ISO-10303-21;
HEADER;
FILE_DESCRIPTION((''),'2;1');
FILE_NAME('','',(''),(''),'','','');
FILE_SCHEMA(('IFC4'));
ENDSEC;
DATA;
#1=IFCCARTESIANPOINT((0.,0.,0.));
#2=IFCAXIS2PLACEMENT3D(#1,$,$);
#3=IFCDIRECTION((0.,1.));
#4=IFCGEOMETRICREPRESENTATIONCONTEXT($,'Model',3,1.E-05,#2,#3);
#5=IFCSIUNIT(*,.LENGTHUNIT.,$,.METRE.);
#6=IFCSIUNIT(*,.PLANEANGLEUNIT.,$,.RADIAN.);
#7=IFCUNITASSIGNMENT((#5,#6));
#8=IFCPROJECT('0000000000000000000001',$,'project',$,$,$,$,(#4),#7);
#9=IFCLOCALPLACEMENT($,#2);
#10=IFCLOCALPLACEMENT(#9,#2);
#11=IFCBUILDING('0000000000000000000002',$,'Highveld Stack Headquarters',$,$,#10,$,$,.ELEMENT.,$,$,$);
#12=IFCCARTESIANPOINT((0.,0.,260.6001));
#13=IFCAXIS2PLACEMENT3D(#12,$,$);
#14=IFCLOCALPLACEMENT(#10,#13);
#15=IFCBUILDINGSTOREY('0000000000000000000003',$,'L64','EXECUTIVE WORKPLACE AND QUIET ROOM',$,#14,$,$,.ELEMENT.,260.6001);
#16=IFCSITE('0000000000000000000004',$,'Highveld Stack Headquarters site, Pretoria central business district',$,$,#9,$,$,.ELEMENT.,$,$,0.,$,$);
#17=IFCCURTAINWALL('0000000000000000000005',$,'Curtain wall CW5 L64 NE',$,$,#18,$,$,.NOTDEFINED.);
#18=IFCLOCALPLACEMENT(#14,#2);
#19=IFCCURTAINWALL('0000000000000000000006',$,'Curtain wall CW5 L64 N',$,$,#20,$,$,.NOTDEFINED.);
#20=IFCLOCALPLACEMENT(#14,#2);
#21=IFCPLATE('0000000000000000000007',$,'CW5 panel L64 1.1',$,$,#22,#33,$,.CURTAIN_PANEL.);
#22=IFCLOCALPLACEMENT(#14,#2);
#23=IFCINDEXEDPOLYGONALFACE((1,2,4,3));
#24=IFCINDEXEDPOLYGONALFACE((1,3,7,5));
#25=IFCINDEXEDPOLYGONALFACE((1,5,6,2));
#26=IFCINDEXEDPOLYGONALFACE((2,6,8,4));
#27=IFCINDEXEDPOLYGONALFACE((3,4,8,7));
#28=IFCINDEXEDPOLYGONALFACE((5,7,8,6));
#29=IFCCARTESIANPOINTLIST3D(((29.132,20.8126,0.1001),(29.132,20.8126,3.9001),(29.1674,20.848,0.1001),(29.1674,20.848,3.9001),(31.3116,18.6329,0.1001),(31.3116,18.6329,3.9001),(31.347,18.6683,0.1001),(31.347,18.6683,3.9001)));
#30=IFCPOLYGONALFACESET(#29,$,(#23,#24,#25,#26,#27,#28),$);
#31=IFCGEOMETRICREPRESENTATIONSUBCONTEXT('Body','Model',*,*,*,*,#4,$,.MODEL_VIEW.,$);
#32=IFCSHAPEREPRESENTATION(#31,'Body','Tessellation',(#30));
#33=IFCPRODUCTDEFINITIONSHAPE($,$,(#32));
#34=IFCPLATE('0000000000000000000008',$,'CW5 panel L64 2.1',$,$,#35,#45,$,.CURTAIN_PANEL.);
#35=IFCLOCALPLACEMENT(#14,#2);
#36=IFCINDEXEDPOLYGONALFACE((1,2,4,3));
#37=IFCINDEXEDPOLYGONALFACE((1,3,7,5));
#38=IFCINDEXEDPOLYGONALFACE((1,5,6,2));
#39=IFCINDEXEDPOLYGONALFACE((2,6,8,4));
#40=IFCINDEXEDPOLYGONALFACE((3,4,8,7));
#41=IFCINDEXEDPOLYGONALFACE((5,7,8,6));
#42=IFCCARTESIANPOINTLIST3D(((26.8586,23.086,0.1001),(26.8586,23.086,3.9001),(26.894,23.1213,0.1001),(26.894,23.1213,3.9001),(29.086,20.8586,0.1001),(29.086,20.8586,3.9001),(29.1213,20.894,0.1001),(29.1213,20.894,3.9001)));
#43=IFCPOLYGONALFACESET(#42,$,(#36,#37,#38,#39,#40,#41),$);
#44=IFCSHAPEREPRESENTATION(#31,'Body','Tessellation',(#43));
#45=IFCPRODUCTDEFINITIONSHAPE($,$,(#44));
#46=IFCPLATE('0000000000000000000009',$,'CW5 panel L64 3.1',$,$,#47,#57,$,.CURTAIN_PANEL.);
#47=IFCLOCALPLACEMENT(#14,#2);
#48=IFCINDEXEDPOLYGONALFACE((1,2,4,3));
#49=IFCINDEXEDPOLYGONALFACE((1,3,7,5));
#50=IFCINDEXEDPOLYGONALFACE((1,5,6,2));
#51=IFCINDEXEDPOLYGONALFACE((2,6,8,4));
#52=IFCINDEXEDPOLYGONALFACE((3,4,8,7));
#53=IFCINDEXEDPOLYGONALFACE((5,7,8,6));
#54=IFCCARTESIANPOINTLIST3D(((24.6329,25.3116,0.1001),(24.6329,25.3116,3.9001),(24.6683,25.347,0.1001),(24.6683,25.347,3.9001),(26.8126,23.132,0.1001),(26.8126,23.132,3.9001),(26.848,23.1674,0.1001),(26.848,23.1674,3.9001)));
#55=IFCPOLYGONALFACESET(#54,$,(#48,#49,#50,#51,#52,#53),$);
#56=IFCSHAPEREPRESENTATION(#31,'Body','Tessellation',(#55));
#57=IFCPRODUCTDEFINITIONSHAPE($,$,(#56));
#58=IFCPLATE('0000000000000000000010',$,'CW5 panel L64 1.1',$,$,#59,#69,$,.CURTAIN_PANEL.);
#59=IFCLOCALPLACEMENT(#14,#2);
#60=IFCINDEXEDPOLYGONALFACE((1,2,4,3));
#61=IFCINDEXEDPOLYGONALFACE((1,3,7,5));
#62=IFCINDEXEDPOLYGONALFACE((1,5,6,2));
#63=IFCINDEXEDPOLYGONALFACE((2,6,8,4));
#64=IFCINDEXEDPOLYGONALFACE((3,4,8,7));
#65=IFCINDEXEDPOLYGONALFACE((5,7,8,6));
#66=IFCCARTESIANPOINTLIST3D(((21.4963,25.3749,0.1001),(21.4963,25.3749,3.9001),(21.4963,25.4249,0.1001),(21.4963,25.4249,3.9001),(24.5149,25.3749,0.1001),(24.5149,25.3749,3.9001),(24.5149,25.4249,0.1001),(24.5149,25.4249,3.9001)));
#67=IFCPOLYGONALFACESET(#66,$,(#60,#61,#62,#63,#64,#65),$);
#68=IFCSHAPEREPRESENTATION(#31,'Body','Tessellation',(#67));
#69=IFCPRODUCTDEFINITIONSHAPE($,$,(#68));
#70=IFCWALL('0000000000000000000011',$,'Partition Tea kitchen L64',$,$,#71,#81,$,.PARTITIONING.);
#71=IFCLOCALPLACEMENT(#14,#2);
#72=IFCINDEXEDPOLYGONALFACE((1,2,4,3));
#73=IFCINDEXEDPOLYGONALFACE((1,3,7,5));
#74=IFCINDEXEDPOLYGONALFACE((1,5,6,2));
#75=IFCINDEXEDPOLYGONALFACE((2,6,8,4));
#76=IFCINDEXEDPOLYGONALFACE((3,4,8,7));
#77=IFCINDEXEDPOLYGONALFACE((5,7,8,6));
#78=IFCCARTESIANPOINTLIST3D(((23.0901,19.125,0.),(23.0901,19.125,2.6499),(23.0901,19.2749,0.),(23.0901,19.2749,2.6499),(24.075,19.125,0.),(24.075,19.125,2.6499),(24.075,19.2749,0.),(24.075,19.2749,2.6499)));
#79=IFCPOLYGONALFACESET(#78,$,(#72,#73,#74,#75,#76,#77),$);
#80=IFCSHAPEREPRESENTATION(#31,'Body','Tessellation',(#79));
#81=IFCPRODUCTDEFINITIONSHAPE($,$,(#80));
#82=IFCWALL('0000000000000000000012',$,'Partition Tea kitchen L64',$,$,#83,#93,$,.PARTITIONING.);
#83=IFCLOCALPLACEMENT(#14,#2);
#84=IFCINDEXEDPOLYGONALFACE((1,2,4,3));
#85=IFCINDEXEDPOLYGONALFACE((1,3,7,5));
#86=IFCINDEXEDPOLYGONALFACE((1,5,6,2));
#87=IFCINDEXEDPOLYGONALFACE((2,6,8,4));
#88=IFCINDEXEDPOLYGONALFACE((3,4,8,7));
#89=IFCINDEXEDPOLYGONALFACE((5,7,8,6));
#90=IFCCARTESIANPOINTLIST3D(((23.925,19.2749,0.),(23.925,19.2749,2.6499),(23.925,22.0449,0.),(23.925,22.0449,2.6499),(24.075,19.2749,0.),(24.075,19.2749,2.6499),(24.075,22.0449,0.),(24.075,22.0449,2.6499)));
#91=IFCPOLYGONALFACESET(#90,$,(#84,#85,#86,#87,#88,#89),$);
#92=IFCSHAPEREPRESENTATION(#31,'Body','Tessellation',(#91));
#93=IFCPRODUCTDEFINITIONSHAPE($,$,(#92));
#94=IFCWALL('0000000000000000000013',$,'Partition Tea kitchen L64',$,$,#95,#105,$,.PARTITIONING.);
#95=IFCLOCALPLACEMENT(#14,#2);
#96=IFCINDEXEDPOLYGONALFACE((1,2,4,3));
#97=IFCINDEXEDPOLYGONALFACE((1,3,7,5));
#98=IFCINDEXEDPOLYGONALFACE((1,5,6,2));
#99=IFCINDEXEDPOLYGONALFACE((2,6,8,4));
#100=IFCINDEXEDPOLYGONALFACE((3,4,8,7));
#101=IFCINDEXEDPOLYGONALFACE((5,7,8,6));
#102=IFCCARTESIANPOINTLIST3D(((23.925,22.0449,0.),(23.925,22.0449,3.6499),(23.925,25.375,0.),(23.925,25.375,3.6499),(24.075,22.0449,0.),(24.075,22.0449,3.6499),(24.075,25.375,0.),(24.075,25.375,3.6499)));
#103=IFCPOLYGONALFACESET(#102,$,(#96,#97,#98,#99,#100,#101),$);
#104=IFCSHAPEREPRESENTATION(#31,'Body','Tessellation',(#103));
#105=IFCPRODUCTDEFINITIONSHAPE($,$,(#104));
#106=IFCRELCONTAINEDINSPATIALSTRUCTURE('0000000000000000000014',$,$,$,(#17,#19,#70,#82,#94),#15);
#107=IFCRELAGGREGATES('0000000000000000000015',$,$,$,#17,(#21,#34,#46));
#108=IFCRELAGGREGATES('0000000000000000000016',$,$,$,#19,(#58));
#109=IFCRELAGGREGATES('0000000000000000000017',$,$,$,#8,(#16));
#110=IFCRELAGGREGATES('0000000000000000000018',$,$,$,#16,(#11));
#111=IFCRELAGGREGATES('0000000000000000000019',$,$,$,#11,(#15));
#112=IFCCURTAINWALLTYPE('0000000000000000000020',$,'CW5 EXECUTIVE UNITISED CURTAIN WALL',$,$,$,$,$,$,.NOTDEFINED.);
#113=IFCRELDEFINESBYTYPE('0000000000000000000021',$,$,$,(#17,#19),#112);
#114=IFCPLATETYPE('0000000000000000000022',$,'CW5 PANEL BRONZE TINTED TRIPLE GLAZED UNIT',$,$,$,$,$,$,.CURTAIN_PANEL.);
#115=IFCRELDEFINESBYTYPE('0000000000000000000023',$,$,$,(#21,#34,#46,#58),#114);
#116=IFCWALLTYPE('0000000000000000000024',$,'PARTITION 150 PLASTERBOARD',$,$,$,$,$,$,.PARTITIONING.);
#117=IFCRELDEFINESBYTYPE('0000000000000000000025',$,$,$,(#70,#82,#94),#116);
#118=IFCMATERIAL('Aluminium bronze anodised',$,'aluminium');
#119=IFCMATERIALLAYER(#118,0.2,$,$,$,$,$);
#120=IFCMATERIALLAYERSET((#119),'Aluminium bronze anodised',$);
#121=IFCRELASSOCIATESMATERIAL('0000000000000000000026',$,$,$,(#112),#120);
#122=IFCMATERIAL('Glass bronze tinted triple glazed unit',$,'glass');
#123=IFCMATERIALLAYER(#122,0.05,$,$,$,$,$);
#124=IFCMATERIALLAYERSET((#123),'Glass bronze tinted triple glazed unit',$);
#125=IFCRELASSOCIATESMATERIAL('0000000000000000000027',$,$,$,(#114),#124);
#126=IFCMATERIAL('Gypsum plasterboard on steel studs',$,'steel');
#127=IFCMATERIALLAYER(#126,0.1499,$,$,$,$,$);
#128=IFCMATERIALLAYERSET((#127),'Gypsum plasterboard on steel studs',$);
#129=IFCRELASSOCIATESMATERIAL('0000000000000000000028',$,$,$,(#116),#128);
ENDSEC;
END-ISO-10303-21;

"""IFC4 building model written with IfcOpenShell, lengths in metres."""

from ifc_helpers import new_model, si_unit, direction, frame, frame_2d, origin, origin_2d, place, context, subcontext, project, spatial, rectangle, extrude, material, layer, layer_set, type_object, element, aggregate, save


model = new_model("IFC4")

# Units and contexts
model_context = context("Model", 3, precision=1e-05, world=origin(), true_north=direction((0.0, 1.0)))
body_context = subcontext(model_context, "Body", "Model", "MODEL_VIEW")
ifc_project = project(units=[si_unit("LENGTHUNIT", "METRE"), si_unit("PLANEANGLEUNIT", "RADIAN")], contexts=[model_context])

# Site, building, storey
site_placement = place(None, origin())
site = spatial("IfcSite", under=ifc_project, at=site_placement, Name="Highveld Stack Headquarters site, Pretoria central business district", CompositionType="ELEMENT", RefElevation=0.0)
building_placement = place(site_placement, origin())
building = spatial("IfcBuilding", under=site, at=building_placement, Name="Highveld Stack Headquarters", CompositionType="ELEMENT")
storey_placement = place(building_placement, frame((0.0, 0.0, 260.6001)))
storey = spatial("IfcBuildingStorey", under=building, at=storey_placement, Name="L64", Description="EXECUTIVE WORKPLACE AND QUIET ROOM", CompositionType="ELEMENT", Elevation=260.6001)

# Shared definitions
ifc_material_1 = material(Name="Aluminium bronze anodised", Category="aluminium")
ifc_layer_1 = layer(ifc_material_1, 0.2)
ifc_layer_set_1 = layer_set([ifc_layer_1], Name="Aluminium bronze anodised")
curtain_wall_type = type_object("IfcCurtainWallType", Name="CW5 EXECUTIVE UNITISED CURTAIN WALL", PredefinedType="NOTDEFINED", material=ifc_layer_set_1)

# Curtain wall
curtain_wall_1_placement = place(storey_placement, origin())
curtain_wall_1 = element("IfcCurtainWall", 1, at=curtain_wall_1_placement, inside=storey, type_object=curtain_wall_type, Name="Curtain wall CW5 L64 NE", PredefinedType="NOTDEFINED")

# Curtain wall
curtain_wall_2_placement = place(storey_placement, origin())
curtain_wall_2 = element("IfcCurtainWall", 2, at=curtain_wall_2_placement, inside=storey, type_object=curtain_wall_type, Name="Curtain wall CW5 L64 N", PredefinedType="NOTDEFINED")

# Plates
ifc_material_2 = material(Name="Glass bronze tinted triple glazed unit", Category="glass")
ifc_layer_2 = layer(ifc_material_2, 0.05)
ifc_layer_set_2 = layer_set([ifc_layer_2], Name="Glass bronze tinted triple glazed unit")
plate_type = type_object("IfcPlateType", Name="CW5 PANEL BRONZE TINTED TRIPLE GLAZED UNIT", PredefinedType="CURTAIN_PANEL", material=ifc_layer_set_2)
plate_1_placement = place(storey_placement, frame((30.2395, 19.7405, 0.1001), z_axis=(0.0, 0.0, 1.0), x_axis=(-0.707107, 0.707107, 0.0)))
plate_1 = element("IfcPlate", 3, at=plate_1_placement, type_object=plate_type, Name="CW5 panel L64 1.1", PredefinedType="CURTAIN_PANEL", context=body_context, shape_type="SweptSolid", body=[
    extrude(rectangle(XDim=3.0825, YDim=0.05, at=origin_2d()), origin(), (0.0, 0.0, 1.0), 3.8),
])
plate_2_placement = place(storey_placement, frame((27.99, 21.99, 0.1001), z_axis=(0.0, 0.0, 1.0), x_axis=(-0.707107, 0.707107, 0.0)))
plate_2 = element("IfcPlate", 4, at=plate_2_placement, type_object=plate_type, Name="CW5 panel L64 2.1", PredefinedType="CURTAIN_PANEL", context=body_context, shape_type="SweptSolid", body=[
    extrude(rectangle(XDim=3.1499, YDim=0.05, at=origin_2d()), origin(), (0.0, 0.0, 1.0), 3.8),
])
plate_3_placement = place(storey_placement, frame((25.7405, 24.2395, 0.1001), z_axis=(0.0, 0.0, 1.0), x_axis=(-0.707107, 0.707107, 0.0)))
plate_3 = element("IfcPlate", 5, at=plate_3_placement, type_object=plate_type, Name="CW5 panel L64 3.1", PredefinedType="CURTAIN_PANEL", context=body_context, shape_type="SweptSolid", body=[
    extrude(rectangle(XDim=3.0825, YDim=0.05, at=origin_2d()), origin(), (0.0, 0.0, 1.0), 3.8),
])
aggregate(curtain_wall_1, [plate_1, plate_2, plate_3])
plate_4_placement = place(storey_placement, frame((23.0056, 25.3999, 0.1001), z_axis=(0.0, 0.0, 1.0), x_axis=(-1.0, 0.0, 0.0)))
plate_4 = element("IfcPlate", 6, at=plate_4_placement, type_object=plate_type, Name="CW5 panel L64 1.1", PredefinedType="CURTAIN_PANEL", context=body_context, shape_type="SweptSolid", body=[
    extrude(rectangle(XDim=3.0186, YDim=0.05, at=origin_2d()), origin(), (0.0, 0.0, 1.0), 3.8),
])
aggregate(curtain_wall_2, [plate_4])

# Walls
ifc_material_3 = material(Name="Gypsum plasterboard on steel studs", Category="steel")
ifc_layer_3 = layer(ifc_material_3, 0.1499)
ifc_layer_set_3 = layer_set([ifc_layer_3], Name="Gypsum plasterboard on steel studs")
wall_type = type_object("IfcWallType", Name="PARTITION 150 PLASTERBOARD", PredefinedType="PARTITIONING", material=ifc_layer_set_3)
wall_1_placement = place(storey_placement, frame((23.0901, 19.2, 0.0), z_axis=(0.0, 0.0, 1.0), x_axis=(1.0, 0.0, 0.0)))
element("IfcWall", 7, at=wall_1_placement, inside=storey, type_object=wall_type, Name="Partition Tea kitchen L64", PredefinedType="PARTITIONING", context=body_context, shape_type="SweptSolid", body=[
    extrude(rectangle(XDim=0.9849, YDim=0.1499, at=frame_2d((0.4924, 0.0))), origin(), (0.0, 0.0, 1.0), 2.6499),
])
wall_2_placement = place(storey_placement, frame((24.0, 19.2749, 0.0), z_axis=(0.0, 0.0, 1.0), x_axis=(0.0, 1.0, 0.0)))
element("IfcWall", 8, at=wall_2_placement, inside=storey, type_object=wall_type, Name="Partition Tea kitchen L64", PredefinedType="PARTITIONING", context=body_context, shape_type="SweptSolid", body=[
    extrude(rectangle(XDim=2.77, YDim=0.1499, at=frame_2d((1.385, 0.0))), origin(), (0.0, 0.0, 1.0), 2.6499),
])
wall_3_placement = place(storey_placement, frame((24.0, 22.0449, 0.0), z_axis=(0.0, 0.0, 1.0), x_axis=(0.0, 1.0, 0.0)))
element("IfcWall", 9, at=wall_3_placement, inside=storey, type_object=wall_type, Name="Partition Tea kitchen L64", PredefinedType="PARTITIONING", context=body_context, shape_type="SweptSolid", body=[
    extrude(rectangle(XDim=3.3301, YDim=0.1499, at=frame_2d((1.665, 0.0))), origin(), (0.0, 0.0, 1.0), 3.6499),
])

save(model, "model.ifc")
